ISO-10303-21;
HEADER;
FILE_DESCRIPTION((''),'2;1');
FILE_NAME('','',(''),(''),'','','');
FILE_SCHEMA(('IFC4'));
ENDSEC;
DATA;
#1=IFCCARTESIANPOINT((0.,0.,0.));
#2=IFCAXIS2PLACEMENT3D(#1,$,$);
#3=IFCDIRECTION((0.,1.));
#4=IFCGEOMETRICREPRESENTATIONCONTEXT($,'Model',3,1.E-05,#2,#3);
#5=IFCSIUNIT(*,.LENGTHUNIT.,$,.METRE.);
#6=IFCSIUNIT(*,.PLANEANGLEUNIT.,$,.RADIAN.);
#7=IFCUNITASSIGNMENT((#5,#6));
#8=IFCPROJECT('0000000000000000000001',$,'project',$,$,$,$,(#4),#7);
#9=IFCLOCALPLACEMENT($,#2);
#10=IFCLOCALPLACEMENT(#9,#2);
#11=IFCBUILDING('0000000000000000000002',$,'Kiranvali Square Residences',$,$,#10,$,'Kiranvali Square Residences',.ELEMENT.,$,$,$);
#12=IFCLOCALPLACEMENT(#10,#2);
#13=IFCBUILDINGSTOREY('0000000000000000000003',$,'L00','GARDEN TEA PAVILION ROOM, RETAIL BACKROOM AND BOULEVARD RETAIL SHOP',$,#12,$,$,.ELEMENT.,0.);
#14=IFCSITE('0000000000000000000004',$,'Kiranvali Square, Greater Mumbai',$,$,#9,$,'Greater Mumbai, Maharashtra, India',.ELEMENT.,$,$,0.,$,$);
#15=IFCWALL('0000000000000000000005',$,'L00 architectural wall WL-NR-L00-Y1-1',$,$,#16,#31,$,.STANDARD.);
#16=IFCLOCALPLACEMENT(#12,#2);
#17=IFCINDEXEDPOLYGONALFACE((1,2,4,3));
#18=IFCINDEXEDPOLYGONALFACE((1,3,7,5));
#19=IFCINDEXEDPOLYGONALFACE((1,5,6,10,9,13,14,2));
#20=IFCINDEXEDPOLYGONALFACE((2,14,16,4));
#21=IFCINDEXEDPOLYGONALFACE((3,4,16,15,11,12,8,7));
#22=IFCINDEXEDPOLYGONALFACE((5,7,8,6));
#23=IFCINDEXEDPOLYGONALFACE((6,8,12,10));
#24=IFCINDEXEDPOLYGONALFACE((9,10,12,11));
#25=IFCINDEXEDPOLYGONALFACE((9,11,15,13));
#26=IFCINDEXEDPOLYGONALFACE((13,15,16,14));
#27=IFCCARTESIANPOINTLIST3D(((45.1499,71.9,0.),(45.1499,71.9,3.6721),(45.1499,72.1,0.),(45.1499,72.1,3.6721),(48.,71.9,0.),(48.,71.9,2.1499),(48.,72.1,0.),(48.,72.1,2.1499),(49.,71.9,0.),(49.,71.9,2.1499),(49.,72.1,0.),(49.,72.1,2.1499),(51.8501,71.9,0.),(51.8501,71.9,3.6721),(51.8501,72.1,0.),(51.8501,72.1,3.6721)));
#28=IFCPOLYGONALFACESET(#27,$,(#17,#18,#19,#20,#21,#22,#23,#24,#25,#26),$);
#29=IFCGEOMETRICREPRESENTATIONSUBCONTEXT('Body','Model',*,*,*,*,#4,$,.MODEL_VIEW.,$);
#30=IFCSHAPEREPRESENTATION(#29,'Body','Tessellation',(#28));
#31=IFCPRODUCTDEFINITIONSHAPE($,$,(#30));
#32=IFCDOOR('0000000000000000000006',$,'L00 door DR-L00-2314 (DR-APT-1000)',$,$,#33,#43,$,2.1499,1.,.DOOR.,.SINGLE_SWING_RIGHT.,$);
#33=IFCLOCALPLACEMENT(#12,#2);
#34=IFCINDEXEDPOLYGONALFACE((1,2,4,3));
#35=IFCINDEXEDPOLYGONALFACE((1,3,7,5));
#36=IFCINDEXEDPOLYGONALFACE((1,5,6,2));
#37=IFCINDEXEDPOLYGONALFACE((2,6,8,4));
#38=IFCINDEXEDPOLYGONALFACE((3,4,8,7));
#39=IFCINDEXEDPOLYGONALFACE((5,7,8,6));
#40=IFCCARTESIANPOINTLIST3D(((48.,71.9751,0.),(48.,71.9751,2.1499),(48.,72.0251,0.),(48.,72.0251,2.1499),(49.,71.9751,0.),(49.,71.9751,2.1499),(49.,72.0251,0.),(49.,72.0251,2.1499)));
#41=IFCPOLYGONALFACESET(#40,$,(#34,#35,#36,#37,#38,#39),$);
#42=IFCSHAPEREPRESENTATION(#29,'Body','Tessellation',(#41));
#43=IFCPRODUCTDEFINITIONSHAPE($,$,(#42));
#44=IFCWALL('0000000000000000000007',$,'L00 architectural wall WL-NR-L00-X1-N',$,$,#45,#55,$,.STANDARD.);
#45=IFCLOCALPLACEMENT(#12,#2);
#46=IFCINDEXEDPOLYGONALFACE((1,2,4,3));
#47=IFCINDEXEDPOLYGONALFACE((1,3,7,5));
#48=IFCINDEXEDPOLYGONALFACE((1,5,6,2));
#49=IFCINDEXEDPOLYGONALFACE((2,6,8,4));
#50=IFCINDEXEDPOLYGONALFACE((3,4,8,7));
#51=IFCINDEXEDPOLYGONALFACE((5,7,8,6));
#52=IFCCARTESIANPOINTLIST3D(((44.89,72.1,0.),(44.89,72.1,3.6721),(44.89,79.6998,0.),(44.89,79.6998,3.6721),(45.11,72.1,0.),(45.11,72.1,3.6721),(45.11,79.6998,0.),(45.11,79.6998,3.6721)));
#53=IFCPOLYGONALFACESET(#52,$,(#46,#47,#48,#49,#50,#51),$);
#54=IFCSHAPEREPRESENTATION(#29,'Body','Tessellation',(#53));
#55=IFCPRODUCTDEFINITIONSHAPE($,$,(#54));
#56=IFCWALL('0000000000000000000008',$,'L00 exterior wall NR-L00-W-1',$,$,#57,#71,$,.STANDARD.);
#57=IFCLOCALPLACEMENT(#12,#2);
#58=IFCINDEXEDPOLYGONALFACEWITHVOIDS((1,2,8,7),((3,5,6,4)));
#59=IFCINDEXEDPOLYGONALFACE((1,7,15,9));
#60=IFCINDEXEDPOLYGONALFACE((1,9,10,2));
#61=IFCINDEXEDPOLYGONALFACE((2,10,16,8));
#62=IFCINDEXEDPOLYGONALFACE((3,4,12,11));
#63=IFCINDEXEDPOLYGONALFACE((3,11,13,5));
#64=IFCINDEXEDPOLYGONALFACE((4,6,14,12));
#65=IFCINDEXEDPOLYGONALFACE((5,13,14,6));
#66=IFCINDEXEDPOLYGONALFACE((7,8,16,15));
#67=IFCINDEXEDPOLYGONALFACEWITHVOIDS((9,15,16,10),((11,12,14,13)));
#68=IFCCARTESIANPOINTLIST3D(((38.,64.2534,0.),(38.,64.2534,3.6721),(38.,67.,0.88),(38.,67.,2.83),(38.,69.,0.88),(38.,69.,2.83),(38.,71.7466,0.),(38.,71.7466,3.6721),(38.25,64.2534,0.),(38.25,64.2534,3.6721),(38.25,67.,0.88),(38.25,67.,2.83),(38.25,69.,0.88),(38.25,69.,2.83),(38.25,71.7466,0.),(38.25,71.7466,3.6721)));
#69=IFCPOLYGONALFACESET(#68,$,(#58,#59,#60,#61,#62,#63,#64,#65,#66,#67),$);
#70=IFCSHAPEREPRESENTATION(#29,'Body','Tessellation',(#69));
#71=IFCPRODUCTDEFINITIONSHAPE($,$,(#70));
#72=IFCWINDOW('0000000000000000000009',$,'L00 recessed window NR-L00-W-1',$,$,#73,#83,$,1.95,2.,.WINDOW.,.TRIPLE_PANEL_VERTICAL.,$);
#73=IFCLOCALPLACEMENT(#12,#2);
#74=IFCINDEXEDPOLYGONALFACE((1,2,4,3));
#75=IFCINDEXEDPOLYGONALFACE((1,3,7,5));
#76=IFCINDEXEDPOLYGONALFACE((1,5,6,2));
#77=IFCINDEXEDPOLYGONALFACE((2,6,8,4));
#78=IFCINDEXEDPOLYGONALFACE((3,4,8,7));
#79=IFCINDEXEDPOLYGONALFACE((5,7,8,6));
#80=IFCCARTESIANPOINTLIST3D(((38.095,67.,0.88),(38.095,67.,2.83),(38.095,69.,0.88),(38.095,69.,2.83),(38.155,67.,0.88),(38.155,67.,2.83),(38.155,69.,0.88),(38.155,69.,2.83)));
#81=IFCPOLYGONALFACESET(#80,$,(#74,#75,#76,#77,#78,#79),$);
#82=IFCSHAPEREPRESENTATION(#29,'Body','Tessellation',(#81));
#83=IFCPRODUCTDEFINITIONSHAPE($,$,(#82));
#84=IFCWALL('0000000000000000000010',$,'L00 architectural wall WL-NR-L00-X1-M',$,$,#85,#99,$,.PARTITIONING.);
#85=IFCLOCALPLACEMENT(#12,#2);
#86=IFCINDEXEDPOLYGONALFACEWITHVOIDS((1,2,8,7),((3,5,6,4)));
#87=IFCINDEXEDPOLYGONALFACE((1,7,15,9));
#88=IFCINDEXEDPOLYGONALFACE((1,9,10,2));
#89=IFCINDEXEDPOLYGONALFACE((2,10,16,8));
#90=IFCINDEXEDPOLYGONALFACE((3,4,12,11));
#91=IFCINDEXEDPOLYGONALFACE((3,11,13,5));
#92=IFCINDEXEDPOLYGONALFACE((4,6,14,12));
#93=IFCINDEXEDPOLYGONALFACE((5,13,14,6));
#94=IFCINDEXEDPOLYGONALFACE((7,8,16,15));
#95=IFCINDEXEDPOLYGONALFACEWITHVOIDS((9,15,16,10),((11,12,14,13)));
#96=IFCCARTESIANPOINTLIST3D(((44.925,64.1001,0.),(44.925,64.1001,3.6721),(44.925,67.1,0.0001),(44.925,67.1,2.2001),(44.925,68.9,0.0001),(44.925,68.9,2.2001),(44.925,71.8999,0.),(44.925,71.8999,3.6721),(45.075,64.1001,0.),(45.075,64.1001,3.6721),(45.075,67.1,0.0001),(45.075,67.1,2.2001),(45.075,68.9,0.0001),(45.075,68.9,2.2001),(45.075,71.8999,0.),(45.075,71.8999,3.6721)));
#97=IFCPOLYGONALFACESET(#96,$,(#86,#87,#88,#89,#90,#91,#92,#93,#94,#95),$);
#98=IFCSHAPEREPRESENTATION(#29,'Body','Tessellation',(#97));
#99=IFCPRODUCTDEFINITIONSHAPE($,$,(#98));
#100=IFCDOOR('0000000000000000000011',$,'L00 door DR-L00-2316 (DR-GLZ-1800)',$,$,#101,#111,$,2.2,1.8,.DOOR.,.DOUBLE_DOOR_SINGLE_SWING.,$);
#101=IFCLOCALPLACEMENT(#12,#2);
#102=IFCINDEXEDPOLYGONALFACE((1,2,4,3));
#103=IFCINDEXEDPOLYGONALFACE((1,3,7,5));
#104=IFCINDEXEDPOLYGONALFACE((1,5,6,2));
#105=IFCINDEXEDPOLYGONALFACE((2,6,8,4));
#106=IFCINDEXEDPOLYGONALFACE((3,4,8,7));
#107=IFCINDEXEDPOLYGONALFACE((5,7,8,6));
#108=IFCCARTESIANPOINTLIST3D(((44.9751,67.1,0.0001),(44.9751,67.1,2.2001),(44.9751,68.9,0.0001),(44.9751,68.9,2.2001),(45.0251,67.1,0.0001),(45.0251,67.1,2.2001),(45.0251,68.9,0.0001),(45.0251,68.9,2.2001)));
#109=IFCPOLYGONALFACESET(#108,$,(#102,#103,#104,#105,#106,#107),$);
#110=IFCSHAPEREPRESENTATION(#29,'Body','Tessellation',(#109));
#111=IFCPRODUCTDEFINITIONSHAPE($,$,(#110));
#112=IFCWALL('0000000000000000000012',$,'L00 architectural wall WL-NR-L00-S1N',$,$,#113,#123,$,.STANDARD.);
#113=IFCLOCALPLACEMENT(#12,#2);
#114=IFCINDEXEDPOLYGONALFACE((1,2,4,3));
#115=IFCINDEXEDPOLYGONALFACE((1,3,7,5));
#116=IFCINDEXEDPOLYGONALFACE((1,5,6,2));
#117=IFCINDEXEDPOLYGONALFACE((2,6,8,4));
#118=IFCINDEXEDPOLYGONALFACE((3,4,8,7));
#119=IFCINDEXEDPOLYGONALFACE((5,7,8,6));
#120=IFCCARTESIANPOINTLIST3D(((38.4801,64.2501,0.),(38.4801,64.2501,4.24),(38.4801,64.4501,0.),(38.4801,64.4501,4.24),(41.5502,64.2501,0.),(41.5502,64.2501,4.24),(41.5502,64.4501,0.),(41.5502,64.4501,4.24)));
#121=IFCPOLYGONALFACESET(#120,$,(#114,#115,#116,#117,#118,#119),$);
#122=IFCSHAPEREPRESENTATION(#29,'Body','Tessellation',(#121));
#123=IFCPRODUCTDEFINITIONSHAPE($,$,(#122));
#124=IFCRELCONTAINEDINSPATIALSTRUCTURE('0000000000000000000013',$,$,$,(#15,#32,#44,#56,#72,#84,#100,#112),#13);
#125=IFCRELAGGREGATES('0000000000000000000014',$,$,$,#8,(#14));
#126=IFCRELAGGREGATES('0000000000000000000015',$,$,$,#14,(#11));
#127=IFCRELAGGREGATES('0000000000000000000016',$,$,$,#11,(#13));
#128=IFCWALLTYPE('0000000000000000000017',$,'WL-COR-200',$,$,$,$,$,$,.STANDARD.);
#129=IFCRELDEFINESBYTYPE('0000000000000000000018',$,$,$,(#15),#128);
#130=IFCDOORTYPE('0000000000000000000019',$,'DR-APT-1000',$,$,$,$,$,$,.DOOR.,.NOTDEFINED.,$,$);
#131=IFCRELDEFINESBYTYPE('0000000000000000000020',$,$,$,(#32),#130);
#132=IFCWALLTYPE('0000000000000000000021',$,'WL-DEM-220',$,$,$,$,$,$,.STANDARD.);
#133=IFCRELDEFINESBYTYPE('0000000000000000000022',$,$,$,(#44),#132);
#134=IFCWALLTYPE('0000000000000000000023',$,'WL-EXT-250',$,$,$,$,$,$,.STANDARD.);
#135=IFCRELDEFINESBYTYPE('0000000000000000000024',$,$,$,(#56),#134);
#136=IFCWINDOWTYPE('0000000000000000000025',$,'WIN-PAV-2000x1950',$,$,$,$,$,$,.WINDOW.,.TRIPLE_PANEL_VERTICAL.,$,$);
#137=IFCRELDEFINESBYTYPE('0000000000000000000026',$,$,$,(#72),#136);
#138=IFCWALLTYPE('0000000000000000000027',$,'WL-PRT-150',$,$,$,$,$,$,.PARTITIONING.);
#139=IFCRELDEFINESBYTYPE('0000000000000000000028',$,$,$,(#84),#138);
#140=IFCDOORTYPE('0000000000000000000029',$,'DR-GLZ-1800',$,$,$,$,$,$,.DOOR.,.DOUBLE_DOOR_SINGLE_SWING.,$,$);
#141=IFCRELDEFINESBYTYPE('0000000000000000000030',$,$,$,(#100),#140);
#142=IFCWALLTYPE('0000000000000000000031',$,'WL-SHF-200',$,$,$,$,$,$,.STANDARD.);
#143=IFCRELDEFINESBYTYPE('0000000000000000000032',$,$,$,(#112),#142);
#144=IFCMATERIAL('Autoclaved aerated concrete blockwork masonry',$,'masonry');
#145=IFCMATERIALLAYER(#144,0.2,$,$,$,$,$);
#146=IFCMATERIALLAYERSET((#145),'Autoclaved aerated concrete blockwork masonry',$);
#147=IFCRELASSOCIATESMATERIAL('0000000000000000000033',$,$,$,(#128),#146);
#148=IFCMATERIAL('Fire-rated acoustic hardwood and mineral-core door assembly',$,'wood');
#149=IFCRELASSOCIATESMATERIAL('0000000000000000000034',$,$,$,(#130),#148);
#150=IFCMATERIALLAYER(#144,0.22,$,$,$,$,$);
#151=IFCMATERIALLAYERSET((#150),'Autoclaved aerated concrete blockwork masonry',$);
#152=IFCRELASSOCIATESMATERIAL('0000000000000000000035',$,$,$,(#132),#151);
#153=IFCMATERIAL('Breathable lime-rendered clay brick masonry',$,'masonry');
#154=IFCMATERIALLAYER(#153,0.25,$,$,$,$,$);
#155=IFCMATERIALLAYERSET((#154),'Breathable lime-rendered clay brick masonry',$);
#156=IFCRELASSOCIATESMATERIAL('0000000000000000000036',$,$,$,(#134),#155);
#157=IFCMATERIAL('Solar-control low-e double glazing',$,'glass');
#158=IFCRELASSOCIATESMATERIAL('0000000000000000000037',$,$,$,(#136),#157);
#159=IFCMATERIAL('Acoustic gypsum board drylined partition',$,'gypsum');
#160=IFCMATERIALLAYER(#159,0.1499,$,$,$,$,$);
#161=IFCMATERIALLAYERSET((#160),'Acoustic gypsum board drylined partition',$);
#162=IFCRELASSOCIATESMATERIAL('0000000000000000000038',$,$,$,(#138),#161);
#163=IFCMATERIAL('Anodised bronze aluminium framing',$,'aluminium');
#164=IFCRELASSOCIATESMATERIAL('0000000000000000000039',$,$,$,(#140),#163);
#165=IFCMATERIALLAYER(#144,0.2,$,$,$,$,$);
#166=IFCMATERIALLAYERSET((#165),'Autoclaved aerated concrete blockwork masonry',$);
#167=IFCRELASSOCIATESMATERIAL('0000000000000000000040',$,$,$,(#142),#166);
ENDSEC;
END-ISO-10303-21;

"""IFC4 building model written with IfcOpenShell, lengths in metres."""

from ifc_helpers import new_model, si_unit, direction, frame, frame_2d, origin, place, context, subcontext, project, spatial, rectangle, extrude, material, layer, layer_set, type_object, element, fill, save


model = new_model("IFC4")

# Units and contexts
model_context = context("Model", 3, precision=1e-05, world=origin(), true_north=direction((0.0, 1.0)))
body_context = subcontext(model_context, "Body", "Model", "MODEL_VIEW")
ifc_project = project(units=[si_unit("LENGTHUNIT", "METRE"), si_unit("PLANEANGLEUNIT", "RADIAN")], contexts=[model_context])

# Site, building, storey
site_placement = place(None, origin())
site = spatial("IfcSite", under=ifc_project, at=site_placement, Name="Kiranvali Square, Greater Mumbai", LongName="Greater Mumbai, Maharashtra, India", CompositionType="ELEMENT", RefElevation=0.0)
building_placement = place(site_placement, origin())
building = spatial("IfcBuilding", under=site, at=building_placement, Name="Kiranvali Square Residences", LongName="Kiranvali Square Residences", CompositionType="ELEMENT")
storey_placement = place(building_placement, origin())
storey = spatial("IfcBuildingStorey", under=building, at=storey_placement, Name="L00", Description="GARDEN TEA PAVILION ROOM, RETAIL BACKROOM AND BOULEVARD RETAIL SHOP", CompositionType="ELEMENT", Elevation=0.0)

# Wall, opening, door
ifc_material_1 = material(Name="Autoclaved aerated concrete blockwork masonry", Category="masonry")
ifc_layer_1 = layer(ifc_material_1, 0.2)
ifc_layer_set_1 = layer_set([ifc_layer_1], Name="Autoclaved aerated concrete blockwork masonry")
wall_type_1 = type_object("IfcWallType", Name="WL-COR-200", PredefinedType="STANDARD", material=ifc_layer_set_1)
ifc_material_2 = material(Name="Fire-rated acoustic hardwood and mineral-core door assembly", Category="wood")
door_type_1 = type_object("IfcDoorType", Name="DR-APT-1000", OperationType="NOTDEFINED", PredefinedType="DOOR", material=ifc_material_2)
wall_1_placement = place(storey_placement, frame((45.1499, 72.0, 0.0), z_axis=(0.0, 0.0, 1.0), x_axis=(1.0, 0.0, 0.0)))
wall_1 = element("IfcWall", 1, at=wall_1_placement, inside=storey, type_object=wall_type_1, Name="L00 architectural wall WL-NR-L00-Y1-1", PredefinedType="STANDARD", context=body_context, shape_type="SweptSolid", body=[
    extrude(rectangle(XDim=6.7002, YDim=0.2, at=frame_2d((3.3501, 0.0))), origin(), (0.0, 0.0, 1.0), 3.6721),
])
opening_1_placement = place(wall_1_placement, frame((2.8501, 0.0, 0.0)))
opening_1 = element("IfcOpeningElement", 2, at=opening_1_placement, cuts=wall_1, PredefinedType="OPENING", context=body_context, shape_type="SweptSolid", body=[
    extrude(rectangle(XDim=1.0, YDim=2.1499, at=frame_2d((0.5, 1.075))), frame((0.0, 0.1099, 0.0), z_axis=(0.0, -1.0, 0.0), x_axis=(1.0, 0.0, 0.0)), (0.0, 0.0, 1.0), 0.22),
])
door_1_placement = place(opening_1_placement, frame((1.0, 0.0, 0.0), z_axis=(0.0, 0.0, 1.0), x_axis=(-1.0, 0.0, 0.0)))
door_1 = element("IfcDoor", 3, at=door_1_placement, inside=storey, type_object=door_type_1, Name="L00 door DR-L00-2314 (DR-APT-1000)", OperationType="SINGLE_SWING_RIGHT", OverallHeight=2.1499, OverallWidth=1.0, PredefinedType="DOOR", context=body_context, shape_type="SweptSolid", body=[
    extrude(rectangle(XDim=1.0, YDim=2.1499, at=frame_2d((0.5, 1.075))), frame((0.0, 0.0249, 0.0), z_axis=(0.0, -1.0, 0.0), x_axis=(1.0, 0.0, 0.0)), (0.0, 0.0, 1.0), 0.05),
])
fill(opening_1, door_1)

# Wall
ifc_layer_2 = layer(ifc_material_1, 0.22)
ifc_layer_set_2 = layer_set([ifc_layer_2], Name="Autoclaved aerated concrete blockwork masonry")
wall_type_2 = type_object("IfcWallType", Name="WL-DEM-220", PredefinedType="STANDARD", material=ifc_layer_set_2)
wall_2_placement = place(storey_placement, frame((45.0, 72.1001, 0.0), z_axis=(0.0, 0.0, 1.0), x_axis=(0.0, 1.0, 0.0)))
element("IfcWall", 4, at=wall_2_placement, inside=storey, type_object=wall_type_2, Name="L00 architectural wall WL-NR-L00-X1-N", PredefinedType="STANDARD", context=body_context, shape_type="SweptSolid", body=[
    extrude(rectangle(XDim=7.5999, YDim=0.22, at=frame_2d((3.7998, 0.0))), origin(), (0.0, 0.0, 1.0), 3.6721),
])

# Wall, opening, window
ifc_material_3 = material(Name="Breathable lime-rendered clay brick masonry", Category="masonry")
ifc_layer_3 = layer(ifc_material_3, 0.25)
ifc_layer_set_3 = layer_set([ifc_layer_3], Name="Breathable lime-rendered clay brick masonry")
wall_type_3 = type_object("IfcWallType", Name="WL-EXT-250", PredefinedType="STANDARD", material=ifc_layer_set_3)
wall_3_placement = place(storey_placement, frame((38.125, 64.2534, 0.0), z_axis=(0.0, 0.0, 1.0), x_axis=(0.0, 1.0, 0.0)))
wall_3 = element("IfcWall", 5, at=wall_3_placement, inside=storey, type_object=wall_type_3, Name="L00 exterior wall NR-L00-W-1", PredefinedType="STANDARD", context=body_context, shape_type="SweptSolid", body=[
    extrude(rectangle(XDim=7.4932, YDim=0.25, at=frame_2d((3.7466, 0.0))), origin(), (0.0, 0.0, 1.0), 3.6721),
])
opening_2_placement = place(wall_3_placement, frame((2.7466, 0.0, 0.8799)))
opening_2 = element("IfcOpeningElement", 6, at=opening_2_placement, cuts=wall_3, PredefinedType="OPENING", context=body_context, shape_type="SweptSolid", body=[
    extrude(rectangle(XDim=2.0, YDim=1.95, at=frame_2d((1.0, 0.9751))), frame((0.0, 0.135, 0.0), z_axis=(0.0, -1.0, 0.0), x_axis=(1.0, 0.0, 0.0)), (0.0, 0.0, 1.0), 0.27),
])
ifc_material_4 = material(Name="Solar-control low-e double glazing", Category="glass")
window_type = type_object("IfcWindowType", Name="WIN-PAV-2000x1950", PartitioningType="TRIPLE_PANEL_VERTICAL", PredefinedType="WINDOW", material=ifc_material_4)
window_placement = place(opening_2_placement, origin())
window = element("IfcWindow", 7, at=window_placement, inside=storey, type_object=window_type, Name="L00 recessed window NR-L00-W-1", OverallHeight=1.95, OverallWidth=2.0, PartitioningType="TRIPLE_PANEL_VERTICAL", PredefinedType="WINDOW", context=body_context, shape_type="SweptSolid", body=[
    extrude(rectangle(XDim=2.0, YDim=1.95, at=frame_2d((1.0, 0.9751))), frame((0.0, 0.03, 0.0), z_axis=(0.0, -1.0, 0.0), x_axis=(1.0, 0.0, 0.0)), (0.0, 0.0, 1.0), 0.0601),
])
fill(opening_2, window)

# Wall, opening, door
ifc_material_5 = material(Name="Acoustic gypsum board drylined partition", Category="gypsum")
ifc_layer_4 = layer(ifc_material_5, 0.1499)
ifc_layer_set_4 = layer_set([ifc_layer_4], Name="Acoustic gypsum board drylined partition")
wall_type_4 = type_object("IfcWallType", Name="WL-PRT-150", PredefinedType="PARTITIONING", material=ifc_layer_set_4)
wall_4_placement = place(storey_placement, frame((45.0, 64.1001, 0.0), z_axis=(0.0, 0.0, 1.0), x_axis=(0.0, 1.0, 0.0)))
wall_4 = element("IfcWall", 8, at=wall_4_placement, inside=storey, type_object=wall_type_4, Name="L00 architectural wall WL-NR-L00-X1-M", PredefinedType="PARTITIONING", context=body_context, shape_type="SweptSolid", body=[
    extrude(rectangle(XDim=7.7998, YDim=0.1499, at=frame_2d((3.8999, 0.0))), origin(), (0.0, 0.0, 1.0), 3.6721),
])
opening_3_placement = place(wall_4_placement, frame((3.0, 0.0, 0.0)))
opening_3 = element("IfcOpeningElement", 9, at=opening_3_placement, cuts=wall_4, PredefinedType="OPENING", context=body_context, shape_type="SweptSolid", body=[
    extrude(rectangle(XDim=1.8, YDim=2.2, at=frame_2d((0.8999, 1.1001))), frame((0.0, 0.085, 0.0), z_axis=(0.0, -1.0, 0.0), x_axis=(1.0, 0.0, 0.0)), (0.0, 0.0, 1.0), 0.1699),
])
ifc_material_6 = material(Name="Anodised bronze aluminium framing", Category="aluminium")
door_type_2 = type_object("IfcDoorType", Name="DR-GLZ-1800", OperationType="DOUBLE_DOOR_SINGLE_SWING", PredefinedType="DOOR", material=ifc_material_6)
door_2_placement = place(opening_3_placement, origin())
door_2 = element("IfcDoor", 10, at=door_2_placement, inside=storey, type_object=door_type_2, Name="L00 door DR-L00-2316 (DR-GLZ-1800)", OperationType="DOUBLE_DOOR_SINGLE_SWING", OverallHeight=2.2, OverallWidth=1.8, PredefinedType="DOOR", context=body_context, shape_type="SweptSolid", body=[
    extrude(rectangle(XDim=1.8, YDim=2.2, at=frame_2d((0.8999, 1.1001))), frame((0.0, 0.0249, 0.0), z_axis=(0.0, -1.0, 0.0), x_axis=(1.0, 0.0, 0.0)), (0.0, 0.0, 1.0), 0.05),
])
fill(opening_3, door_2)

# Wall
ifc_layer_5 = layer(ifc_material_1, 0.2)
ifc_layer_set_5 = layer_set([ifc_layer_5], Name="Autoclaved aerated concrete blockwork masonry")
wall_type_5 = type_object("IfcWallType", Name="WL-SHF-200", PredefinedType="STANDARD", material=ifc_layer_set_5)
wall_5_placement = place(storey_placement, frame((38.48, 64.3501, 0.0), z_axis=(0.0, 0.0, 1.0), x_axis=(1.0, 0.0, 0.0)))
element("IfcWall", 11, at=wall_5_placement, inside=storey, type_object=wall_type_5, Name="L00 architectural wall WL-NR-L00-S1N", PredefinedType="STANDARD", context=body_context, shape_type="SweptSolid", body=[
    extrude(rectangle(XDim=3.0701, YDim=0.2, at=frame_2d((1.5352, 0.0))), origin(), (0.0, 0.0, 1.0), 4.24),
])

save(model, "model.ifc")
